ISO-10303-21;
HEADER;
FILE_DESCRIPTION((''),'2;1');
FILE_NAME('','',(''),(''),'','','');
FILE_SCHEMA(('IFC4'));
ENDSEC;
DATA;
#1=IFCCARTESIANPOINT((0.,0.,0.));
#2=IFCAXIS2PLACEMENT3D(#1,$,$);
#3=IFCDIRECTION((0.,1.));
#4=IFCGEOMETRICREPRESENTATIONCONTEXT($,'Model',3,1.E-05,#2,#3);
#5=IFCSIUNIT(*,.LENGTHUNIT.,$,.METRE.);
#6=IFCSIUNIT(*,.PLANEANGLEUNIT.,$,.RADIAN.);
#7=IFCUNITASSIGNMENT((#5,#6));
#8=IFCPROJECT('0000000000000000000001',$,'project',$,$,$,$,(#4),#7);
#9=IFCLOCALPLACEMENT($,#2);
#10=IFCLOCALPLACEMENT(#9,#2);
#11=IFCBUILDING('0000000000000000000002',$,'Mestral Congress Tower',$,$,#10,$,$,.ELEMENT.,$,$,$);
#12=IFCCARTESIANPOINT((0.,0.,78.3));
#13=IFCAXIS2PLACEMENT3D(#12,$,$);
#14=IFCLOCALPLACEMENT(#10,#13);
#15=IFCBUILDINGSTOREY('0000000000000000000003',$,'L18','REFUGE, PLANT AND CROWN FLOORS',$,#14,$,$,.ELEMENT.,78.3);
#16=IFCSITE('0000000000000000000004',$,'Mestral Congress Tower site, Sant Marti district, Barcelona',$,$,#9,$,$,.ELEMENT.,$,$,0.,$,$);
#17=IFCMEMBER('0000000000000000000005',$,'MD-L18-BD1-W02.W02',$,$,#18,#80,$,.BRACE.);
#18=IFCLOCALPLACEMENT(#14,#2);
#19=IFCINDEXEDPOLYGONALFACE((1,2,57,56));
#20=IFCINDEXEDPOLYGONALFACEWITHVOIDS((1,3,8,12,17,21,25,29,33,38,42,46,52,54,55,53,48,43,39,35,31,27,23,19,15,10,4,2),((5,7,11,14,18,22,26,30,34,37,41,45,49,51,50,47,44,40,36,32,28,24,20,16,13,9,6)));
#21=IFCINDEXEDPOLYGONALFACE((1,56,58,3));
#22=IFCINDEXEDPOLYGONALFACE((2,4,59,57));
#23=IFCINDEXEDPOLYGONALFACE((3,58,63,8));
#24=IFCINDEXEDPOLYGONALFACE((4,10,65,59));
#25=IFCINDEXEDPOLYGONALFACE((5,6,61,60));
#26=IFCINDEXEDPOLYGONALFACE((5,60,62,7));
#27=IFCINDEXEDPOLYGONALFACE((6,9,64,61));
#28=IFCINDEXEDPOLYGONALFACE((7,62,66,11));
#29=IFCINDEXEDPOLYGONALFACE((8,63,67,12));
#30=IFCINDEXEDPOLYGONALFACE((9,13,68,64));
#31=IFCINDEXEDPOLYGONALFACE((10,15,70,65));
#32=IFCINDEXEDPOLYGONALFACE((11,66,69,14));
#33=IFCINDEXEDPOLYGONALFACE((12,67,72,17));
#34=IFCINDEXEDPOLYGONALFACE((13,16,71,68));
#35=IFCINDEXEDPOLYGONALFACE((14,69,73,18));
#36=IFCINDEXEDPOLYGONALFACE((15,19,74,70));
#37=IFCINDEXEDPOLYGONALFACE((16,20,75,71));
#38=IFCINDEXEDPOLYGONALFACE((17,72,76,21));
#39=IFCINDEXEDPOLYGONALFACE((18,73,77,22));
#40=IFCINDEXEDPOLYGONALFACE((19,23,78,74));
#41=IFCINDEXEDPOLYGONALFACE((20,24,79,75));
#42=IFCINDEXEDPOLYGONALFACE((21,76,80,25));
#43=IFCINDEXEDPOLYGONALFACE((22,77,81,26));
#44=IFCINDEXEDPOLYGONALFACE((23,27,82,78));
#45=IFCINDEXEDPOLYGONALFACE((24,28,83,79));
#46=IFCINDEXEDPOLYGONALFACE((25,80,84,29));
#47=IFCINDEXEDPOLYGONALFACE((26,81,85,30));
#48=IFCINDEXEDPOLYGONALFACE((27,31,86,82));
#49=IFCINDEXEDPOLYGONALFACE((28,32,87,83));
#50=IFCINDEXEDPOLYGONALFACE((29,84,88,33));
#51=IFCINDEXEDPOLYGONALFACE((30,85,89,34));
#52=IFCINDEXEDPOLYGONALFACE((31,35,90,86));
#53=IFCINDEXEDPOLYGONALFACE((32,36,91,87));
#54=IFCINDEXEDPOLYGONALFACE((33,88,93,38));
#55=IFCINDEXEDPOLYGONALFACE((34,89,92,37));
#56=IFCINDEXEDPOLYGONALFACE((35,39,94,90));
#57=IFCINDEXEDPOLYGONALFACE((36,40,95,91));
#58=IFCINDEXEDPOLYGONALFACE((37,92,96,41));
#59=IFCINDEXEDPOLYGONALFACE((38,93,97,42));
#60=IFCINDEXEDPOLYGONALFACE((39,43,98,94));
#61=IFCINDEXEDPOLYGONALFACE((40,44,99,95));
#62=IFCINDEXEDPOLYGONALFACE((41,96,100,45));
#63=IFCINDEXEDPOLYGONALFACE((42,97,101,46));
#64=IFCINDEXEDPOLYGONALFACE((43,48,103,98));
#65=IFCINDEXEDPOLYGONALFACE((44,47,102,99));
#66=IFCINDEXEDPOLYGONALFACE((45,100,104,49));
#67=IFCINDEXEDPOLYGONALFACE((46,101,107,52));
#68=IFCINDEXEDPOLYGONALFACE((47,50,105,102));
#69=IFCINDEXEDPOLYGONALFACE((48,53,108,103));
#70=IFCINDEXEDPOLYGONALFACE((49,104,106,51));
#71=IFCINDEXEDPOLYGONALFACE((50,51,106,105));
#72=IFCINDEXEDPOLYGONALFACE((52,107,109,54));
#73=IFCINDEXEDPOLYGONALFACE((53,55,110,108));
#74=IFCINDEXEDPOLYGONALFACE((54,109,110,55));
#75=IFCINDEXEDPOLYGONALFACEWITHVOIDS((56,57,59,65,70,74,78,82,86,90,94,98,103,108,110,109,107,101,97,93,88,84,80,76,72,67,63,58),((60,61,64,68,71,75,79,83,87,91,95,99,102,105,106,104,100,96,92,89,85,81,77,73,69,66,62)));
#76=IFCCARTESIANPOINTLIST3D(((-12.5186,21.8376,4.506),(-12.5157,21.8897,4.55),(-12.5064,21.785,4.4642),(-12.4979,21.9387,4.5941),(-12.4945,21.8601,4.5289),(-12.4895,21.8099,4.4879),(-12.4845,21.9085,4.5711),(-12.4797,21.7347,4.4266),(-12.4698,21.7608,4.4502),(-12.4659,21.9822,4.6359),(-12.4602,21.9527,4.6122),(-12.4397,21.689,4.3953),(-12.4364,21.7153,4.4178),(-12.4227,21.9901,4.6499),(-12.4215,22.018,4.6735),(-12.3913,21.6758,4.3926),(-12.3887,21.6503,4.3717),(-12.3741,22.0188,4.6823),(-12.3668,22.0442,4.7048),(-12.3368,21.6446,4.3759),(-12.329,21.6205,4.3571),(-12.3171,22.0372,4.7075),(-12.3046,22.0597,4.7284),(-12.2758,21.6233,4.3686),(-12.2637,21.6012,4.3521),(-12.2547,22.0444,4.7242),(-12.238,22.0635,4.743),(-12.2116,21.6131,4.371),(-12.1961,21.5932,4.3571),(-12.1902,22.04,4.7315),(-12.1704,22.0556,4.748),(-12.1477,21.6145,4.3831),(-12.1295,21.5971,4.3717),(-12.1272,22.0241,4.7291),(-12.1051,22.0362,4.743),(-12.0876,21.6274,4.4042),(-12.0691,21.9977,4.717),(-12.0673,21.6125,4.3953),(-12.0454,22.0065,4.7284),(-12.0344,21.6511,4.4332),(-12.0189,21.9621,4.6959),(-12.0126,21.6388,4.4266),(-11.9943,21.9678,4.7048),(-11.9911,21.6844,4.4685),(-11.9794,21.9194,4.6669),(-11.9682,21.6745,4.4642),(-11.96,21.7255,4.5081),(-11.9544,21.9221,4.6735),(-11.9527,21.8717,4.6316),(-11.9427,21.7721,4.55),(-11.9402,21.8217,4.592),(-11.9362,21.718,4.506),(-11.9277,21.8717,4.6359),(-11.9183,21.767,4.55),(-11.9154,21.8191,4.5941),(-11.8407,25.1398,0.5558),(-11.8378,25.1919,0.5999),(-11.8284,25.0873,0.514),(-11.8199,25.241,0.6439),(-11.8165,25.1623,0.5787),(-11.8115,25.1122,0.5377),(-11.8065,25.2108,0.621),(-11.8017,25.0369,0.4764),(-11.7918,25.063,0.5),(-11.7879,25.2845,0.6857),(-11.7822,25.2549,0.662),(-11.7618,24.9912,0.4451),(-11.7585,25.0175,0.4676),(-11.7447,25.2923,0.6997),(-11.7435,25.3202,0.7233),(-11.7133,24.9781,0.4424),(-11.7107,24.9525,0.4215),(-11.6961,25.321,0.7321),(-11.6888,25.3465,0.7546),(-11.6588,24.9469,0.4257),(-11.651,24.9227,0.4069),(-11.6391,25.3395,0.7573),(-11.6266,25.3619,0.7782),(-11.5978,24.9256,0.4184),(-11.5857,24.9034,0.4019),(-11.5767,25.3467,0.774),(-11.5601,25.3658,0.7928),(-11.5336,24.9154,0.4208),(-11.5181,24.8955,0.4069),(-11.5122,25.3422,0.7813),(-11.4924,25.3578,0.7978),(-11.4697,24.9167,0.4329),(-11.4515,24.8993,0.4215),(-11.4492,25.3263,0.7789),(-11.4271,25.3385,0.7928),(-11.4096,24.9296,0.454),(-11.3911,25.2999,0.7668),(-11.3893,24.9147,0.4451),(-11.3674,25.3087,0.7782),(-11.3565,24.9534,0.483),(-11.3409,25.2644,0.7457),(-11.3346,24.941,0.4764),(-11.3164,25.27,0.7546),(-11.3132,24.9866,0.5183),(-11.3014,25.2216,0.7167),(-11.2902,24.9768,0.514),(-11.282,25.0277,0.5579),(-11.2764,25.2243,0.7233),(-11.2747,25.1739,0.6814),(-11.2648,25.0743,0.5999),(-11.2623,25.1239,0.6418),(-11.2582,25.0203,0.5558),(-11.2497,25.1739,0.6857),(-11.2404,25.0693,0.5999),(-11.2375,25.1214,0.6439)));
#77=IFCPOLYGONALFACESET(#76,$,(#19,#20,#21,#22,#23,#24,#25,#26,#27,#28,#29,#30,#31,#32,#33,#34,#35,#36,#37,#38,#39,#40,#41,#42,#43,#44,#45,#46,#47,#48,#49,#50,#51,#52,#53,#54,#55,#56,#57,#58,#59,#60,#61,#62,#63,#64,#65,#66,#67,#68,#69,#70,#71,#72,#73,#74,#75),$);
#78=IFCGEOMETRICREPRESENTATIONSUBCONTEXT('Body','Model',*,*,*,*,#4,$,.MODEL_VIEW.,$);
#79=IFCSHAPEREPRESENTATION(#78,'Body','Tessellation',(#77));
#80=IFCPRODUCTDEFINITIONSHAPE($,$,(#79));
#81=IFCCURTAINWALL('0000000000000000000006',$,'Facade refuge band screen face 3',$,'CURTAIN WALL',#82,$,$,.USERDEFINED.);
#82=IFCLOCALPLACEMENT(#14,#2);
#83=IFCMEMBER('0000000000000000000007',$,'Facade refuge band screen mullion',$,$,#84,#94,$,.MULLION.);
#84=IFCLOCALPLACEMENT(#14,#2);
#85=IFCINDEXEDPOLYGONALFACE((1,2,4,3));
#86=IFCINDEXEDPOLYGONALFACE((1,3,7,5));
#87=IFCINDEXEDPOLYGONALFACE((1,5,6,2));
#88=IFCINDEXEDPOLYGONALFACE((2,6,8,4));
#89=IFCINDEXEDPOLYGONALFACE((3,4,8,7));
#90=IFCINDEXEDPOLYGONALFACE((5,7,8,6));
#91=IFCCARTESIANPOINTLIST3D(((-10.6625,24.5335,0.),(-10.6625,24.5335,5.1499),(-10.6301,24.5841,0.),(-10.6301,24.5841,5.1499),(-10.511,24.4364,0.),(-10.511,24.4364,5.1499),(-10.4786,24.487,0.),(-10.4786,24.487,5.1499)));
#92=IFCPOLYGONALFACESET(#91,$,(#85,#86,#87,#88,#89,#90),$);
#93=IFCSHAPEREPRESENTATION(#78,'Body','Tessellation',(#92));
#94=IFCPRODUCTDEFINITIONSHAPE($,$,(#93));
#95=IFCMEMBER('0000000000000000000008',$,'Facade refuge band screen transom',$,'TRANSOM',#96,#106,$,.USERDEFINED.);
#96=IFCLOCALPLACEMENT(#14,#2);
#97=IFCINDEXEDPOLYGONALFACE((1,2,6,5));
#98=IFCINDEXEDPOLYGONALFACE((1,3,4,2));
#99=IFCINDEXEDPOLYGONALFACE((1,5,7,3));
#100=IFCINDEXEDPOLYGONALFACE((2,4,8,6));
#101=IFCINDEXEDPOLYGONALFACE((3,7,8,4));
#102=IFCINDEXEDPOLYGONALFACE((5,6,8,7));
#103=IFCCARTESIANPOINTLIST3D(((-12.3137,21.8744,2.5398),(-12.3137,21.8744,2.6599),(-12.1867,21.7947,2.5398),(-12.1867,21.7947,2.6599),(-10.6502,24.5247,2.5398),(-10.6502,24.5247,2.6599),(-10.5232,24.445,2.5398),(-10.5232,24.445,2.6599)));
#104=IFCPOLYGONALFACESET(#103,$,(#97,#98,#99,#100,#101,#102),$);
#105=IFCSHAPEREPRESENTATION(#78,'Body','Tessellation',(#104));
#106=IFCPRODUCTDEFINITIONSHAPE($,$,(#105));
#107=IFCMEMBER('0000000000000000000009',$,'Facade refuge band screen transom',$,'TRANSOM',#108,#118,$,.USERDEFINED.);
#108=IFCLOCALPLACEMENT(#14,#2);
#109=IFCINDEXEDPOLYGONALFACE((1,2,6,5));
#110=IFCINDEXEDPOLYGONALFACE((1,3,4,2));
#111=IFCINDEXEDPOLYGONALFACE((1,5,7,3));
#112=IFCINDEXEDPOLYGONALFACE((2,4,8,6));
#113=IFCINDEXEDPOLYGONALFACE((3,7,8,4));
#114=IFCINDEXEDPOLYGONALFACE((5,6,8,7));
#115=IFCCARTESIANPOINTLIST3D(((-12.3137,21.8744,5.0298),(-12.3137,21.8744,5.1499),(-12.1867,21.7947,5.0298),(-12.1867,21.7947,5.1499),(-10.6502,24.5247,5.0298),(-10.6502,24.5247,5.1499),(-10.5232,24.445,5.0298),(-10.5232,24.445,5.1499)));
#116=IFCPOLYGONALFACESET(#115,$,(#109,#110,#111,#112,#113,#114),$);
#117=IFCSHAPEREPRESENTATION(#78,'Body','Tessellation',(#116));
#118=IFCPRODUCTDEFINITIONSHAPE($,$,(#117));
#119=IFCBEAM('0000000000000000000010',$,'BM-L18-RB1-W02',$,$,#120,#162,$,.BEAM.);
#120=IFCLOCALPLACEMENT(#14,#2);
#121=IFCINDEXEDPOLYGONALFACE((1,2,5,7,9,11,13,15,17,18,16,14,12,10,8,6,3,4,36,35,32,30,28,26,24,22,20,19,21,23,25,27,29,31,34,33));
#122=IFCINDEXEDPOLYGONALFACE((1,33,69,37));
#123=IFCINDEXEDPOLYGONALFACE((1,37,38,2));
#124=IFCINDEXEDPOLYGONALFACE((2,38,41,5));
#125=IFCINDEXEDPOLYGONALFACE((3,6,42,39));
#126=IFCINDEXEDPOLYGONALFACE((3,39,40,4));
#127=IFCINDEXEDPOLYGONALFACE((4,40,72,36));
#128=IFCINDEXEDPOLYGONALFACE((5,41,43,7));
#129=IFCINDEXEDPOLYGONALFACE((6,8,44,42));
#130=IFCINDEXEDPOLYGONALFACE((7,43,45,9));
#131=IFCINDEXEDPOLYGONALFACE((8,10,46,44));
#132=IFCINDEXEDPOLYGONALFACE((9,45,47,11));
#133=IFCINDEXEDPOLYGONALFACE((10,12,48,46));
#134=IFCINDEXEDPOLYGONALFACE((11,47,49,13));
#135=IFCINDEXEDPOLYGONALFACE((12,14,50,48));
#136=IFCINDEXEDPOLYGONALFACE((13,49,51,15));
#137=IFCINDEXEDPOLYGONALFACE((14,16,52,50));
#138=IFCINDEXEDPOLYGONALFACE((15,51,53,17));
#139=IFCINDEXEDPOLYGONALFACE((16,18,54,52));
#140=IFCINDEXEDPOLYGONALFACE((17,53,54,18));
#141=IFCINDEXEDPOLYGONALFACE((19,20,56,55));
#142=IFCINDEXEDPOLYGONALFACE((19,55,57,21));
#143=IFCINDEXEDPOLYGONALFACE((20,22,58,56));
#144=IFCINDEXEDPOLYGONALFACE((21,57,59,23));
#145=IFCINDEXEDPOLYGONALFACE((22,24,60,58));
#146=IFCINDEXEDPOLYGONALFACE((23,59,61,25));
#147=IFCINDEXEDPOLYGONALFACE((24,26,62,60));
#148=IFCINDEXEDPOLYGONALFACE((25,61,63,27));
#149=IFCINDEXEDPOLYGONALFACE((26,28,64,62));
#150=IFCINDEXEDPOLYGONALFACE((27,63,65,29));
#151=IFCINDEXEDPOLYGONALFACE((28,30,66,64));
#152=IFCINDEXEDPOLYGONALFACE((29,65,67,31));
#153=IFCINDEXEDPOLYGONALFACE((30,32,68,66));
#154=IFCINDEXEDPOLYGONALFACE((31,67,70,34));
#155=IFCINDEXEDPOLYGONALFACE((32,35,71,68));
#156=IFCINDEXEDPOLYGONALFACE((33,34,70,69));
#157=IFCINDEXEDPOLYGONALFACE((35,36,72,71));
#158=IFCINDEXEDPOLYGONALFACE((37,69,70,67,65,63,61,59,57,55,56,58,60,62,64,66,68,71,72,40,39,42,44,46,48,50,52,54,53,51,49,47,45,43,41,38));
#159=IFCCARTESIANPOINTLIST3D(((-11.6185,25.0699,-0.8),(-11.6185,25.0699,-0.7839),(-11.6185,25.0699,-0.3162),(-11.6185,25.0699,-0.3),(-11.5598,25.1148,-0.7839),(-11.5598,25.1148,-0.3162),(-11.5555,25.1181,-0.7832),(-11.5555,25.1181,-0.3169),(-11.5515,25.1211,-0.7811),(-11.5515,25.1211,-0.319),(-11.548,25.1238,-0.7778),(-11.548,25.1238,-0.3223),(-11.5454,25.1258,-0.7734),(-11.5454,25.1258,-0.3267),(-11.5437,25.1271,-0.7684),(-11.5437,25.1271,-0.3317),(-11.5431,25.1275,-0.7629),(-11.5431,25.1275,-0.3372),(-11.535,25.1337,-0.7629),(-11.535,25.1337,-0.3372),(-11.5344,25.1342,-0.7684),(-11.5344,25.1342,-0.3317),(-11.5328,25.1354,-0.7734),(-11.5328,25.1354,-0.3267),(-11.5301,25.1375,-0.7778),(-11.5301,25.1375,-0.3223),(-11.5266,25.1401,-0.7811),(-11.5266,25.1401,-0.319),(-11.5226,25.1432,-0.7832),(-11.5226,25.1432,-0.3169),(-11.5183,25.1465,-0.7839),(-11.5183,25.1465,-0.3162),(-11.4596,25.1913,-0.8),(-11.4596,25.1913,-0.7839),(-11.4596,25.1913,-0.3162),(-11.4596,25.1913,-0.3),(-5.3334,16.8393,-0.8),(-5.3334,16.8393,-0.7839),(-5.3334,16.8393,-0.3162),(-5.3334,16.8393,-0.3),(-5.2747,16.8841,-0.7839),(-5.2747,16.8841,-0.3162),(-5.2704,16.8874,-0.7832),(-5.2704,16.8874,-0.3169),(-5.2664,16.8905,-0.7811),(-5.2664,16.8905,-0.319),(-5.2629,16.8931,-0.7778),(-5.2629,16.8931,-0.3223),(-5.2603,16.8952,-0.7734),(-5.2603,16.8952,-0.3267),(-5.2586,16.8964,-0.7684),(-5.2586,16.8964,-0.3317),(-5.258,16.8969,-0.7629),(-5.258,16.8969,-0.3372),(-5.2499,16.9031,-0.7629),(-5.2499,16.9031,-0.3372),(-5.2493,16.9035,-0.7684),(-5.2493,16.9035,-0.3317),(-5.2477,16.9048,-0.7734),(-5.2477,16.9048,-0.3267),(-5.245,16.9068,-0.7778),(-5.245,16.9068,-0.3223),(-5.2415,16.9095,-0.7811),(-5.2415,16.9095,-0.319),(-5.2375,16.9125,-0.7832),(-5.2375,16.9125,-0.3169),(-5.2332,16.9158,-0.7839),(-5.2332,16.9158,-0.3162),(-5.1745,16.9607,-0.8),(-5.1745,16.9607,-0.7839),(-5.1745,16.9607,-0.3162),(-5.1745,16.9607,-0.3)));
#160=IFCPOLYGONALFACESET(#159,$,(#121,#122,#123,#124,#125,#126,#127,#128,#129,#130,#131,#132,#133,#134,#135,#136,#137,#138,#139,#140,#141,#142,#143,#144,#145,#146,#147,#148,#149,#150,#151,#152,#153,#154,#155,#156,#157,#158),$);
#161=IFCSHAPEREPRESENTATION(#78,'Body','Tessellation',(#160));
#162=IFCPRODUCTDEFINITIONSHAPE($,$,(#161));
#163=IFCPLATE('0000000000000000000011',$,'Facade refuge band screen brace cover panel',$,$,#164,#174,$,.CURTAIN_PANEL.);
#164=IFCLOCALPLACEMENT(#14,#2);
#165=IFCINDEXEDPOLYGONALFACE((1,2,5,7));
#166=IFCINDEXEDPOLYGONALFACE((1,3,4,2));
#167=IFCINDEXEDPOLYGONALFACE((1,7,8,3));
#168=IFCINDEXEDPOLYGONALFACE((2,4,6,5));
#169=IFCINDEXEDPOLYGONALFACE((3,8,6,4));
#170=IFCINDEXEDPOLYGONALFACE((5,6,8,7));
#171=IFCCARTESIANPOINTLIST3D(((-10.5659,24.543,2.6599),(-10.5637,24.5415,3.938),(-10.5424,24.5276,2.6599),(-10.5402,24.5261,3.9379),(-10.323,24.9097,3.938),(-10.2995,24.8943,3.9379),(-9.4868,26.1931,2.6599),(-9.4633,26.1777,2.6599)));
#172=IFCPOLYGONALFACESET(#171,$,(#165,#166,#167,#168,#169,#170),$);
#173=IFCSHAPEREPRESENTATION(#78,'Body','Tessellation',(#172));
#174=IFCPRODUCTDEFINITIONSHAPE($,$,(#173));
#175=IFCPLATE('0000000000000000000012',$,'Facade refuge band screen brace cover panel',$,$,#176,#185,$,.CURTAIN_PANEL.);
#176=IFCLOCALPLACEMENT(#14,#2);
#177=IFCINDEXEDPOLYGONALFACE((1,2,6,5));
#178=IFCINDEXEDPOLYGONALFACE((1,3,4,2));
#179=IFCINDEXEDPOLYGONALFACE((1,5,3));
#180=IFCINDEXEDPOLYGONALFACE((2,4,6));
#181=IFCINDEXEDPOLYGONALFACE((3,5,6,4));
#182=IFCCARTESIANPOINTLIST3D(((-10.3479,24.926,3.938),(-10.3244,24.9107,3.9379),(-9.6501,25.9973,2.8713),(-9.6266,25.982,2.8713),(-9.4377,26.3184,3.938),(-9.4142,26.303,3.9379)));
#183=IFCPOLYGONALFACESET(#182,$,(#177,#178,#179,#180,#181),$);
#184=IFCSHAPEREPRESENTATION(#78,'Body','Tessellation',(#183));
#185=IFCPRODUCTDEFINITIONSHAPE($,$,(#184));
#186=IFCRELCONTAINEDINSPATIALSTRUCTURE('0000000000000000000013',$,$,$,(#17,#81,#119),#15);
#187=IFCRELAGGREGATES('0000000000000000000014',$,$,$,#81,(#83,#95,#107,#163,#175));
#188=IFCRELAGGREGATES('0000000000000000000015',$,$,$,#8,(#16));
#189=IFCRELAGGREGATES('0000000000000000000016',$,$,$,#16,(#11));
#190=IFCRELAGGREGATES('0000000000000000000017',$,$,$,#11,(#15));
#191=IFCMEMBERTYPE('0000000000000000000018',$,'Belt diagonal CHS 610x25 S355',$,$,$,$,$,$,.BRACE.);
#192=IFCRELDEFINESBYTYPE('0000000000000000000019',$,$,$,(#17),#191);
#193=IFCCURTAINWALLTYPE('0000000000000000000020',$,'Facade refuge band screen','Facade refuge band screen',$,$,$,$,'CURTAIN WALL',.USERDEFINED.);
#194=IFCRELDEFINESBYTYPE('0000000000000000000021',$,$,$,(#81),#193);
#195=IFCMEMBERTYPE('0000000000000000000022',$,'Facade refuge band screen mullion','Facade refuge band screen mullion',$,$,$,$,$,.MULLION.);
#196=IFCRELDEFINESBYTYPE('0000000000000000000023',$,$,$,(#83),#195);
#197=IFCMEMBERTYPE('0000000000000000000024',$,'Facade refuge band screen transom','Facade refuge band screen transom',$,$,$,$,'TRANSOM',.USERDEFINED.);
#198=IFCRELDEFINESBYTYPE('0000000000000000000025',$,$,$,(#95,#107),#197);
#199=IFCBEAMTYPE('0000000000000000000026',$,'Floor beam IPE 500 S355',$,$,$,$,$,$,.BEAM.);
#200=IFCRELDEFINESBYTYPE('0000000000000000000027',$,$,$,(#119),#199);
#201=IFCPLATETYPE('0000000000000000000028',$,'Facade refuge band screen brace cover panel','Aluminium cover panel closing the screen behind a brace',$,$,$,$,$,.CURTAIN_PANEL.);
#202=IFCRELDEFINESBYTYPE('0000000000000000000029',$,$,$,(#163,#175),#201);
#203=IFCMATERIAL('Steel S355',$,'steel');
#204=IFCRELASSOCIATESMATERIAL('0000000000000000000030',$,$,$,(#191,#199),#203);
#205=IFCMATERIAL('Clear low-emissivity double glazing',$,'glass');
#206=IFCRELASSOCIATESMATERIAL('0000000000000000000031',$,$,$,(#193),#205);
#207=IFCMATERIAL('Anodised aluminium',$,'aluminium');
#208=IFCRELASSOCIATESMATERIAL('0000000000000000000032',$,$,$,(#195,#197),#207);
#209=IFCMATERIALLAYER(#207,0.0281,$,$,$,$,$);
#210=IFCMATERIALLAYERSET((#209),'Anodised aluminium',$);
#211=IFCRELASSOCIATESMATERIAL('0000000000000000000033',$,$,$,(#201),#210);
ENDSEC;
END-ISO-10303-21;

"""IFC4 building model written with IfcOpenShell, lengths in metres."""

from ifc_helpers import new_model, si_unit, direction, frame, origin, origin_2d, place, context, subcontext, project, spatial, polyline, rectangle, hollow_circle, i_section, outline, extrude, material, layer, layer_set, material_profile, profile_set, type_object, element, aggregate, save


model = new_model("IFC4")

# Units and contexts
model_context = context("Model", 3, precision=1e-05, world=origin(), true_north=direction((0.0, 1.0)))
body_context = subcontext(model_context, "Body", "Model", "MODEL_VIEW")
ifc_project = project(units=[si_unit("LENGTHUNIT", "METRE"), si_unit("PLANEANGLEUNIT", "RADIAN")], contexts=[model_context])

# Site, building, storey
site_placement = place(None, origin())
site = spatial("IfcSite", under=ifc_project, at=site_placement, Name="Mestral Congress Tower site, Sant Marti district, Barcelona", CompositionType="ELEMENT", RefElevation=0.0)
building_placement = place(site_placement, origin())
building = spatial("IfcBuilding", under=site, at=building_placement, Name="Mestral Congress Tower", CompositionType="ELEMENT")
storey_placement = place(building_placement, frame((0.0, 0.0, 78.3)))
storey = spatial("IfcBuildingStorey", under=building, at=storey_placement, Name="L18", Description="REFUGE, PLANT AND CROWN FLOORS", CompositionType="ELEMENT", Elevation=78.3)

# Member
ifc_material_1 = material(Name="Steel S355", Category="steel")
ifc_material_profile_1 = material_profile(ifc_material_1, hollow_circle(Radius=0.3049, WallThickness=0.0249, at=origin_2d()), Name="CHS 610x25")
ifc_profile_set_1 = profile_set([ifc_material_profile_1], Name="Steel S355")
member_type_1 = type_object("IfcMemberType", Name="Belt diagonal CHS 610x25 S355", PredefinedType="BRACE", material=ifc_profile_set_1)
member_1_placement = place(storey_placement, frame((-11.5391, 25.1306, 0.5999), z_axis=(-0.130553, -0.635888, 0.760659), x_axis=(0.979568, -0.201113, 0.0)))
element("IfcMember", 1, at=member_1_placement, inside=storey, type_object=member_type_1, Name="MD-L18-BD1-W02.W02", PredefinedType="BRACE", context=body_context, shape_type="SweptSolid", body=[
    extrude(hollow_circle(Radius=0.3049, WallThickness=0.0249, at=origin_2d()), origin(), (0.0, 0.0, 1.0), 5.1931),
])

# Curtain wall, members
ifc_material_2 = material(Name="Clear low-emissivity double glazing", Category="glass")
curtain_wall_type = type_object("IfcCurtainWallType", Name="Facade refuge band screen", Description="Facade refuge band screen", ElementType="CURTAIN WALL", PredefinedType="USERDEFINED", material=ifc_material_2)
curtain_wall_placement = place(storey_placement, origin())
curtain_wall = element("IfcCurtainWall", 2, at=curtain_wall_placement, inside=storey, type_object=curtain_wall_type, Name="Facade refuge band screen face 3", ObjectType="CURTAIN WALL", PredefinedType="USERDEFINED")
ifc_material_3 = material(Name="Anodised aluminium", Category="aluminium")
ifc_material_profile_2 = material_profile(ifc_material_3, rectangle(XDim=0.1799, YDim=0.0601, at=origin_2d()), Name="CW3 mullion 180 x 60")
ifc_profile_set_2 = profile_set([ifc_material_profile_2], Name="Anodised aluminium")
member_type_2 = type_object("IfcMemberType", Name="Facade refuge band screen mullion", Description="Facade refuge band screen mullion", PredefinedType="MULLION", material=ifc_profile_set_2)
member_2_placement = place(storey_placement, frame((-10.5706, 24.5103, 0.0), z_axis=(0.0, 0.0, 1.0), x_axis=(-0.842001, 0.539476, 0.0)))
member_2 = element("IfcMember", 3, at=member_2_placement, type_object=member_type_2, Name="Facade refuge band screen mullion", PredefinedType="MULLION", context=body_context, shape_type="SweptSolid", body=[
    extrude(rectangle(XDim=0.1799, YDim=0.0601, at=origin_2d()), origin(), (0.0, 0.0, 1.0), 5.1499),
])
ifc_material_profile_3 = material_profile(ifc_material_3, rectangle(XDim=0.1499, YDim=0.1201, at=origin_2d()), Name="CW3 transom 150 x 120")
ifc_profile_set_3 = profile_set([ifc_material_profile_3], Name="Anodised aluminium")
member_type_3 = type_object("IfcMemberType", Name="Facade refuge band screen transom", Description="Facade refuge band screen transom", ElementType="TRANSOM", PredefinedType="USERDEFINED", material=ifc_profile_set_3)
member_3_placement = place(storey_placement, frame((-10.5867, 24.4849, 2.5999), z_axis=(-0.531625, -0.84698, 0.0), x_axis=(0.84698, -0.531625, 0.0)))
member_3 = element("IfcMember", 4, at=member_3_placement, type_object=member_type_3, Name="Facade refuge band screen transom", ObjectType="TRANSOM", PredefinedType="USERDEFINED", context=body_context, shape_type="SweptSolid", body=[
    extrude(rectangle(XDim=0.1499, YDim=0.1201, at=origin_2d()), origin(), (0.0, 0.0, 1.0), 3.1292),
])
member_4_placement = place(storey_placement, frame((-10.5867, 24.4849, 5.0898), z_axis=(-0.531625, -0.84698, 0.0), x_axis=(0.84698, -0.531625, 0.0)))
member_4 = element("IfcMember", 5, at=member_4_placement, type_object=member_type_3, Name="Facade refuge band screen transom", ObjectType="TRANSOM", PredefinedType="USERDEFINED", context=body_context, shape_type="SweptSolid", body=[
    extrude(rectangle(XDim=0.1499, YDim=0.1201, at=origin_2d()), origin(), (0.0, 0.0, 1.0), 3.1292),
])

# Beam
ifc_material_profile_4 = material_profile(ifc_material_1, i_section(OverallWidth=0.2, OverallDepth=0.5, WebThickness=0.0103, FlangeThickness=0.0161, FilletRadius=0.021, at=origin_2d()), Name="IPE 500")
ifc_profile_set_4 = profile_set([ifc_material_profile_4], Name="Steel S355")
beam_type = type_object("IfcBeamType", Name="Floor beam IPE 500 S355", PredefinedType="BEAM", material=ifc_profile_set_4)
beam_placement = place(storey_placement, frame((-11.5391, 25.1306, -0.55), z_axis=(0.606907, -0.794773, 0.0), x_axis=(0.794773, 0.606907, 0.0)))
element("IfcBeam", 6, at=beam_placement, inside=storey, type_object=beam_type, Name="BM-L18-RB1-W02", PredefinedType="BEAM", context=body_context, shape_type="SweptSolid", body=[
    extrude(i_section(OverallWidth=0.2, OverallDepth=0.5, WebThickness=0.0103, FlangeThickness=0.0161, FilletRadius=0.021, at=origin_2d()), origin(), (0.0, 0.0, 1.0), 10.356),
])

# Plates
ifc_layer_1 = layer(ifc_material_3, 0.0281)
ifc_layer_set_1 = layer_set([ifc_layer_1], Name="Anodised aluminium")
plate_type_1 = type_object("IfcPlateType", Name="Facade refuge band screen brace cover panel", Description="Aluminium cover panel closing the screen behind a brace", PredefinedType="CURTAIN_PANEL", material=ifc_layer_set_1)
plate_1_placement = place(storey_placement, frame((-10.5637, 24.5415, 3.938), z_axis=(-0.836938, 0.547295, 0.002047), x_axis=(-0.001703, 0.001136, -0.999998)))
plate_1 = element("IfcPlate", 7, at=plate_1_placement, type_object=plate_type_1, Name="Facade refuge band screen brace cover panel", PredefinedType="CURTAIN_PANEL", context=body_context, shape_type="SweptSolid", body=[
    extrude(outline(polyline([(0.0, 0.0), (1.2781, 0.0), (1.2781, -1.9717), (0.0, -0.4399), (0.0, 0.0)])), origin(), (0.0, 0.0, -1.0), 0.0281),
])
plate_2_placement = place(storey_placement, frame((-10.3479, 24.926, 3.938), z_axis=(-0.837027, 0.547157, 0.001992), x_axis=(0.419068, 0.643412, -0.640626)))
plate_2 = element("IfcPlate", 8, at=plate_2_placement, type_object=plate_type_1, Name="Facade refuge band screen brace cover panel", PredefinedType="CURTAIN_PANEL", context=body_context, shape_type="SweptSolid", body=[
    extrude(outline(polyline([(0.0, 0.0), (1.665, 0.0), (1.2773, -1.0656), (0.0, 0.0)])), origin(), (0.0, 0.0, -1.0), 0.0281),
])
aggregate(curtain_wall, [member_2, member_3, member_4, plate_1, plate_2])

save(model, "model.ifc")
